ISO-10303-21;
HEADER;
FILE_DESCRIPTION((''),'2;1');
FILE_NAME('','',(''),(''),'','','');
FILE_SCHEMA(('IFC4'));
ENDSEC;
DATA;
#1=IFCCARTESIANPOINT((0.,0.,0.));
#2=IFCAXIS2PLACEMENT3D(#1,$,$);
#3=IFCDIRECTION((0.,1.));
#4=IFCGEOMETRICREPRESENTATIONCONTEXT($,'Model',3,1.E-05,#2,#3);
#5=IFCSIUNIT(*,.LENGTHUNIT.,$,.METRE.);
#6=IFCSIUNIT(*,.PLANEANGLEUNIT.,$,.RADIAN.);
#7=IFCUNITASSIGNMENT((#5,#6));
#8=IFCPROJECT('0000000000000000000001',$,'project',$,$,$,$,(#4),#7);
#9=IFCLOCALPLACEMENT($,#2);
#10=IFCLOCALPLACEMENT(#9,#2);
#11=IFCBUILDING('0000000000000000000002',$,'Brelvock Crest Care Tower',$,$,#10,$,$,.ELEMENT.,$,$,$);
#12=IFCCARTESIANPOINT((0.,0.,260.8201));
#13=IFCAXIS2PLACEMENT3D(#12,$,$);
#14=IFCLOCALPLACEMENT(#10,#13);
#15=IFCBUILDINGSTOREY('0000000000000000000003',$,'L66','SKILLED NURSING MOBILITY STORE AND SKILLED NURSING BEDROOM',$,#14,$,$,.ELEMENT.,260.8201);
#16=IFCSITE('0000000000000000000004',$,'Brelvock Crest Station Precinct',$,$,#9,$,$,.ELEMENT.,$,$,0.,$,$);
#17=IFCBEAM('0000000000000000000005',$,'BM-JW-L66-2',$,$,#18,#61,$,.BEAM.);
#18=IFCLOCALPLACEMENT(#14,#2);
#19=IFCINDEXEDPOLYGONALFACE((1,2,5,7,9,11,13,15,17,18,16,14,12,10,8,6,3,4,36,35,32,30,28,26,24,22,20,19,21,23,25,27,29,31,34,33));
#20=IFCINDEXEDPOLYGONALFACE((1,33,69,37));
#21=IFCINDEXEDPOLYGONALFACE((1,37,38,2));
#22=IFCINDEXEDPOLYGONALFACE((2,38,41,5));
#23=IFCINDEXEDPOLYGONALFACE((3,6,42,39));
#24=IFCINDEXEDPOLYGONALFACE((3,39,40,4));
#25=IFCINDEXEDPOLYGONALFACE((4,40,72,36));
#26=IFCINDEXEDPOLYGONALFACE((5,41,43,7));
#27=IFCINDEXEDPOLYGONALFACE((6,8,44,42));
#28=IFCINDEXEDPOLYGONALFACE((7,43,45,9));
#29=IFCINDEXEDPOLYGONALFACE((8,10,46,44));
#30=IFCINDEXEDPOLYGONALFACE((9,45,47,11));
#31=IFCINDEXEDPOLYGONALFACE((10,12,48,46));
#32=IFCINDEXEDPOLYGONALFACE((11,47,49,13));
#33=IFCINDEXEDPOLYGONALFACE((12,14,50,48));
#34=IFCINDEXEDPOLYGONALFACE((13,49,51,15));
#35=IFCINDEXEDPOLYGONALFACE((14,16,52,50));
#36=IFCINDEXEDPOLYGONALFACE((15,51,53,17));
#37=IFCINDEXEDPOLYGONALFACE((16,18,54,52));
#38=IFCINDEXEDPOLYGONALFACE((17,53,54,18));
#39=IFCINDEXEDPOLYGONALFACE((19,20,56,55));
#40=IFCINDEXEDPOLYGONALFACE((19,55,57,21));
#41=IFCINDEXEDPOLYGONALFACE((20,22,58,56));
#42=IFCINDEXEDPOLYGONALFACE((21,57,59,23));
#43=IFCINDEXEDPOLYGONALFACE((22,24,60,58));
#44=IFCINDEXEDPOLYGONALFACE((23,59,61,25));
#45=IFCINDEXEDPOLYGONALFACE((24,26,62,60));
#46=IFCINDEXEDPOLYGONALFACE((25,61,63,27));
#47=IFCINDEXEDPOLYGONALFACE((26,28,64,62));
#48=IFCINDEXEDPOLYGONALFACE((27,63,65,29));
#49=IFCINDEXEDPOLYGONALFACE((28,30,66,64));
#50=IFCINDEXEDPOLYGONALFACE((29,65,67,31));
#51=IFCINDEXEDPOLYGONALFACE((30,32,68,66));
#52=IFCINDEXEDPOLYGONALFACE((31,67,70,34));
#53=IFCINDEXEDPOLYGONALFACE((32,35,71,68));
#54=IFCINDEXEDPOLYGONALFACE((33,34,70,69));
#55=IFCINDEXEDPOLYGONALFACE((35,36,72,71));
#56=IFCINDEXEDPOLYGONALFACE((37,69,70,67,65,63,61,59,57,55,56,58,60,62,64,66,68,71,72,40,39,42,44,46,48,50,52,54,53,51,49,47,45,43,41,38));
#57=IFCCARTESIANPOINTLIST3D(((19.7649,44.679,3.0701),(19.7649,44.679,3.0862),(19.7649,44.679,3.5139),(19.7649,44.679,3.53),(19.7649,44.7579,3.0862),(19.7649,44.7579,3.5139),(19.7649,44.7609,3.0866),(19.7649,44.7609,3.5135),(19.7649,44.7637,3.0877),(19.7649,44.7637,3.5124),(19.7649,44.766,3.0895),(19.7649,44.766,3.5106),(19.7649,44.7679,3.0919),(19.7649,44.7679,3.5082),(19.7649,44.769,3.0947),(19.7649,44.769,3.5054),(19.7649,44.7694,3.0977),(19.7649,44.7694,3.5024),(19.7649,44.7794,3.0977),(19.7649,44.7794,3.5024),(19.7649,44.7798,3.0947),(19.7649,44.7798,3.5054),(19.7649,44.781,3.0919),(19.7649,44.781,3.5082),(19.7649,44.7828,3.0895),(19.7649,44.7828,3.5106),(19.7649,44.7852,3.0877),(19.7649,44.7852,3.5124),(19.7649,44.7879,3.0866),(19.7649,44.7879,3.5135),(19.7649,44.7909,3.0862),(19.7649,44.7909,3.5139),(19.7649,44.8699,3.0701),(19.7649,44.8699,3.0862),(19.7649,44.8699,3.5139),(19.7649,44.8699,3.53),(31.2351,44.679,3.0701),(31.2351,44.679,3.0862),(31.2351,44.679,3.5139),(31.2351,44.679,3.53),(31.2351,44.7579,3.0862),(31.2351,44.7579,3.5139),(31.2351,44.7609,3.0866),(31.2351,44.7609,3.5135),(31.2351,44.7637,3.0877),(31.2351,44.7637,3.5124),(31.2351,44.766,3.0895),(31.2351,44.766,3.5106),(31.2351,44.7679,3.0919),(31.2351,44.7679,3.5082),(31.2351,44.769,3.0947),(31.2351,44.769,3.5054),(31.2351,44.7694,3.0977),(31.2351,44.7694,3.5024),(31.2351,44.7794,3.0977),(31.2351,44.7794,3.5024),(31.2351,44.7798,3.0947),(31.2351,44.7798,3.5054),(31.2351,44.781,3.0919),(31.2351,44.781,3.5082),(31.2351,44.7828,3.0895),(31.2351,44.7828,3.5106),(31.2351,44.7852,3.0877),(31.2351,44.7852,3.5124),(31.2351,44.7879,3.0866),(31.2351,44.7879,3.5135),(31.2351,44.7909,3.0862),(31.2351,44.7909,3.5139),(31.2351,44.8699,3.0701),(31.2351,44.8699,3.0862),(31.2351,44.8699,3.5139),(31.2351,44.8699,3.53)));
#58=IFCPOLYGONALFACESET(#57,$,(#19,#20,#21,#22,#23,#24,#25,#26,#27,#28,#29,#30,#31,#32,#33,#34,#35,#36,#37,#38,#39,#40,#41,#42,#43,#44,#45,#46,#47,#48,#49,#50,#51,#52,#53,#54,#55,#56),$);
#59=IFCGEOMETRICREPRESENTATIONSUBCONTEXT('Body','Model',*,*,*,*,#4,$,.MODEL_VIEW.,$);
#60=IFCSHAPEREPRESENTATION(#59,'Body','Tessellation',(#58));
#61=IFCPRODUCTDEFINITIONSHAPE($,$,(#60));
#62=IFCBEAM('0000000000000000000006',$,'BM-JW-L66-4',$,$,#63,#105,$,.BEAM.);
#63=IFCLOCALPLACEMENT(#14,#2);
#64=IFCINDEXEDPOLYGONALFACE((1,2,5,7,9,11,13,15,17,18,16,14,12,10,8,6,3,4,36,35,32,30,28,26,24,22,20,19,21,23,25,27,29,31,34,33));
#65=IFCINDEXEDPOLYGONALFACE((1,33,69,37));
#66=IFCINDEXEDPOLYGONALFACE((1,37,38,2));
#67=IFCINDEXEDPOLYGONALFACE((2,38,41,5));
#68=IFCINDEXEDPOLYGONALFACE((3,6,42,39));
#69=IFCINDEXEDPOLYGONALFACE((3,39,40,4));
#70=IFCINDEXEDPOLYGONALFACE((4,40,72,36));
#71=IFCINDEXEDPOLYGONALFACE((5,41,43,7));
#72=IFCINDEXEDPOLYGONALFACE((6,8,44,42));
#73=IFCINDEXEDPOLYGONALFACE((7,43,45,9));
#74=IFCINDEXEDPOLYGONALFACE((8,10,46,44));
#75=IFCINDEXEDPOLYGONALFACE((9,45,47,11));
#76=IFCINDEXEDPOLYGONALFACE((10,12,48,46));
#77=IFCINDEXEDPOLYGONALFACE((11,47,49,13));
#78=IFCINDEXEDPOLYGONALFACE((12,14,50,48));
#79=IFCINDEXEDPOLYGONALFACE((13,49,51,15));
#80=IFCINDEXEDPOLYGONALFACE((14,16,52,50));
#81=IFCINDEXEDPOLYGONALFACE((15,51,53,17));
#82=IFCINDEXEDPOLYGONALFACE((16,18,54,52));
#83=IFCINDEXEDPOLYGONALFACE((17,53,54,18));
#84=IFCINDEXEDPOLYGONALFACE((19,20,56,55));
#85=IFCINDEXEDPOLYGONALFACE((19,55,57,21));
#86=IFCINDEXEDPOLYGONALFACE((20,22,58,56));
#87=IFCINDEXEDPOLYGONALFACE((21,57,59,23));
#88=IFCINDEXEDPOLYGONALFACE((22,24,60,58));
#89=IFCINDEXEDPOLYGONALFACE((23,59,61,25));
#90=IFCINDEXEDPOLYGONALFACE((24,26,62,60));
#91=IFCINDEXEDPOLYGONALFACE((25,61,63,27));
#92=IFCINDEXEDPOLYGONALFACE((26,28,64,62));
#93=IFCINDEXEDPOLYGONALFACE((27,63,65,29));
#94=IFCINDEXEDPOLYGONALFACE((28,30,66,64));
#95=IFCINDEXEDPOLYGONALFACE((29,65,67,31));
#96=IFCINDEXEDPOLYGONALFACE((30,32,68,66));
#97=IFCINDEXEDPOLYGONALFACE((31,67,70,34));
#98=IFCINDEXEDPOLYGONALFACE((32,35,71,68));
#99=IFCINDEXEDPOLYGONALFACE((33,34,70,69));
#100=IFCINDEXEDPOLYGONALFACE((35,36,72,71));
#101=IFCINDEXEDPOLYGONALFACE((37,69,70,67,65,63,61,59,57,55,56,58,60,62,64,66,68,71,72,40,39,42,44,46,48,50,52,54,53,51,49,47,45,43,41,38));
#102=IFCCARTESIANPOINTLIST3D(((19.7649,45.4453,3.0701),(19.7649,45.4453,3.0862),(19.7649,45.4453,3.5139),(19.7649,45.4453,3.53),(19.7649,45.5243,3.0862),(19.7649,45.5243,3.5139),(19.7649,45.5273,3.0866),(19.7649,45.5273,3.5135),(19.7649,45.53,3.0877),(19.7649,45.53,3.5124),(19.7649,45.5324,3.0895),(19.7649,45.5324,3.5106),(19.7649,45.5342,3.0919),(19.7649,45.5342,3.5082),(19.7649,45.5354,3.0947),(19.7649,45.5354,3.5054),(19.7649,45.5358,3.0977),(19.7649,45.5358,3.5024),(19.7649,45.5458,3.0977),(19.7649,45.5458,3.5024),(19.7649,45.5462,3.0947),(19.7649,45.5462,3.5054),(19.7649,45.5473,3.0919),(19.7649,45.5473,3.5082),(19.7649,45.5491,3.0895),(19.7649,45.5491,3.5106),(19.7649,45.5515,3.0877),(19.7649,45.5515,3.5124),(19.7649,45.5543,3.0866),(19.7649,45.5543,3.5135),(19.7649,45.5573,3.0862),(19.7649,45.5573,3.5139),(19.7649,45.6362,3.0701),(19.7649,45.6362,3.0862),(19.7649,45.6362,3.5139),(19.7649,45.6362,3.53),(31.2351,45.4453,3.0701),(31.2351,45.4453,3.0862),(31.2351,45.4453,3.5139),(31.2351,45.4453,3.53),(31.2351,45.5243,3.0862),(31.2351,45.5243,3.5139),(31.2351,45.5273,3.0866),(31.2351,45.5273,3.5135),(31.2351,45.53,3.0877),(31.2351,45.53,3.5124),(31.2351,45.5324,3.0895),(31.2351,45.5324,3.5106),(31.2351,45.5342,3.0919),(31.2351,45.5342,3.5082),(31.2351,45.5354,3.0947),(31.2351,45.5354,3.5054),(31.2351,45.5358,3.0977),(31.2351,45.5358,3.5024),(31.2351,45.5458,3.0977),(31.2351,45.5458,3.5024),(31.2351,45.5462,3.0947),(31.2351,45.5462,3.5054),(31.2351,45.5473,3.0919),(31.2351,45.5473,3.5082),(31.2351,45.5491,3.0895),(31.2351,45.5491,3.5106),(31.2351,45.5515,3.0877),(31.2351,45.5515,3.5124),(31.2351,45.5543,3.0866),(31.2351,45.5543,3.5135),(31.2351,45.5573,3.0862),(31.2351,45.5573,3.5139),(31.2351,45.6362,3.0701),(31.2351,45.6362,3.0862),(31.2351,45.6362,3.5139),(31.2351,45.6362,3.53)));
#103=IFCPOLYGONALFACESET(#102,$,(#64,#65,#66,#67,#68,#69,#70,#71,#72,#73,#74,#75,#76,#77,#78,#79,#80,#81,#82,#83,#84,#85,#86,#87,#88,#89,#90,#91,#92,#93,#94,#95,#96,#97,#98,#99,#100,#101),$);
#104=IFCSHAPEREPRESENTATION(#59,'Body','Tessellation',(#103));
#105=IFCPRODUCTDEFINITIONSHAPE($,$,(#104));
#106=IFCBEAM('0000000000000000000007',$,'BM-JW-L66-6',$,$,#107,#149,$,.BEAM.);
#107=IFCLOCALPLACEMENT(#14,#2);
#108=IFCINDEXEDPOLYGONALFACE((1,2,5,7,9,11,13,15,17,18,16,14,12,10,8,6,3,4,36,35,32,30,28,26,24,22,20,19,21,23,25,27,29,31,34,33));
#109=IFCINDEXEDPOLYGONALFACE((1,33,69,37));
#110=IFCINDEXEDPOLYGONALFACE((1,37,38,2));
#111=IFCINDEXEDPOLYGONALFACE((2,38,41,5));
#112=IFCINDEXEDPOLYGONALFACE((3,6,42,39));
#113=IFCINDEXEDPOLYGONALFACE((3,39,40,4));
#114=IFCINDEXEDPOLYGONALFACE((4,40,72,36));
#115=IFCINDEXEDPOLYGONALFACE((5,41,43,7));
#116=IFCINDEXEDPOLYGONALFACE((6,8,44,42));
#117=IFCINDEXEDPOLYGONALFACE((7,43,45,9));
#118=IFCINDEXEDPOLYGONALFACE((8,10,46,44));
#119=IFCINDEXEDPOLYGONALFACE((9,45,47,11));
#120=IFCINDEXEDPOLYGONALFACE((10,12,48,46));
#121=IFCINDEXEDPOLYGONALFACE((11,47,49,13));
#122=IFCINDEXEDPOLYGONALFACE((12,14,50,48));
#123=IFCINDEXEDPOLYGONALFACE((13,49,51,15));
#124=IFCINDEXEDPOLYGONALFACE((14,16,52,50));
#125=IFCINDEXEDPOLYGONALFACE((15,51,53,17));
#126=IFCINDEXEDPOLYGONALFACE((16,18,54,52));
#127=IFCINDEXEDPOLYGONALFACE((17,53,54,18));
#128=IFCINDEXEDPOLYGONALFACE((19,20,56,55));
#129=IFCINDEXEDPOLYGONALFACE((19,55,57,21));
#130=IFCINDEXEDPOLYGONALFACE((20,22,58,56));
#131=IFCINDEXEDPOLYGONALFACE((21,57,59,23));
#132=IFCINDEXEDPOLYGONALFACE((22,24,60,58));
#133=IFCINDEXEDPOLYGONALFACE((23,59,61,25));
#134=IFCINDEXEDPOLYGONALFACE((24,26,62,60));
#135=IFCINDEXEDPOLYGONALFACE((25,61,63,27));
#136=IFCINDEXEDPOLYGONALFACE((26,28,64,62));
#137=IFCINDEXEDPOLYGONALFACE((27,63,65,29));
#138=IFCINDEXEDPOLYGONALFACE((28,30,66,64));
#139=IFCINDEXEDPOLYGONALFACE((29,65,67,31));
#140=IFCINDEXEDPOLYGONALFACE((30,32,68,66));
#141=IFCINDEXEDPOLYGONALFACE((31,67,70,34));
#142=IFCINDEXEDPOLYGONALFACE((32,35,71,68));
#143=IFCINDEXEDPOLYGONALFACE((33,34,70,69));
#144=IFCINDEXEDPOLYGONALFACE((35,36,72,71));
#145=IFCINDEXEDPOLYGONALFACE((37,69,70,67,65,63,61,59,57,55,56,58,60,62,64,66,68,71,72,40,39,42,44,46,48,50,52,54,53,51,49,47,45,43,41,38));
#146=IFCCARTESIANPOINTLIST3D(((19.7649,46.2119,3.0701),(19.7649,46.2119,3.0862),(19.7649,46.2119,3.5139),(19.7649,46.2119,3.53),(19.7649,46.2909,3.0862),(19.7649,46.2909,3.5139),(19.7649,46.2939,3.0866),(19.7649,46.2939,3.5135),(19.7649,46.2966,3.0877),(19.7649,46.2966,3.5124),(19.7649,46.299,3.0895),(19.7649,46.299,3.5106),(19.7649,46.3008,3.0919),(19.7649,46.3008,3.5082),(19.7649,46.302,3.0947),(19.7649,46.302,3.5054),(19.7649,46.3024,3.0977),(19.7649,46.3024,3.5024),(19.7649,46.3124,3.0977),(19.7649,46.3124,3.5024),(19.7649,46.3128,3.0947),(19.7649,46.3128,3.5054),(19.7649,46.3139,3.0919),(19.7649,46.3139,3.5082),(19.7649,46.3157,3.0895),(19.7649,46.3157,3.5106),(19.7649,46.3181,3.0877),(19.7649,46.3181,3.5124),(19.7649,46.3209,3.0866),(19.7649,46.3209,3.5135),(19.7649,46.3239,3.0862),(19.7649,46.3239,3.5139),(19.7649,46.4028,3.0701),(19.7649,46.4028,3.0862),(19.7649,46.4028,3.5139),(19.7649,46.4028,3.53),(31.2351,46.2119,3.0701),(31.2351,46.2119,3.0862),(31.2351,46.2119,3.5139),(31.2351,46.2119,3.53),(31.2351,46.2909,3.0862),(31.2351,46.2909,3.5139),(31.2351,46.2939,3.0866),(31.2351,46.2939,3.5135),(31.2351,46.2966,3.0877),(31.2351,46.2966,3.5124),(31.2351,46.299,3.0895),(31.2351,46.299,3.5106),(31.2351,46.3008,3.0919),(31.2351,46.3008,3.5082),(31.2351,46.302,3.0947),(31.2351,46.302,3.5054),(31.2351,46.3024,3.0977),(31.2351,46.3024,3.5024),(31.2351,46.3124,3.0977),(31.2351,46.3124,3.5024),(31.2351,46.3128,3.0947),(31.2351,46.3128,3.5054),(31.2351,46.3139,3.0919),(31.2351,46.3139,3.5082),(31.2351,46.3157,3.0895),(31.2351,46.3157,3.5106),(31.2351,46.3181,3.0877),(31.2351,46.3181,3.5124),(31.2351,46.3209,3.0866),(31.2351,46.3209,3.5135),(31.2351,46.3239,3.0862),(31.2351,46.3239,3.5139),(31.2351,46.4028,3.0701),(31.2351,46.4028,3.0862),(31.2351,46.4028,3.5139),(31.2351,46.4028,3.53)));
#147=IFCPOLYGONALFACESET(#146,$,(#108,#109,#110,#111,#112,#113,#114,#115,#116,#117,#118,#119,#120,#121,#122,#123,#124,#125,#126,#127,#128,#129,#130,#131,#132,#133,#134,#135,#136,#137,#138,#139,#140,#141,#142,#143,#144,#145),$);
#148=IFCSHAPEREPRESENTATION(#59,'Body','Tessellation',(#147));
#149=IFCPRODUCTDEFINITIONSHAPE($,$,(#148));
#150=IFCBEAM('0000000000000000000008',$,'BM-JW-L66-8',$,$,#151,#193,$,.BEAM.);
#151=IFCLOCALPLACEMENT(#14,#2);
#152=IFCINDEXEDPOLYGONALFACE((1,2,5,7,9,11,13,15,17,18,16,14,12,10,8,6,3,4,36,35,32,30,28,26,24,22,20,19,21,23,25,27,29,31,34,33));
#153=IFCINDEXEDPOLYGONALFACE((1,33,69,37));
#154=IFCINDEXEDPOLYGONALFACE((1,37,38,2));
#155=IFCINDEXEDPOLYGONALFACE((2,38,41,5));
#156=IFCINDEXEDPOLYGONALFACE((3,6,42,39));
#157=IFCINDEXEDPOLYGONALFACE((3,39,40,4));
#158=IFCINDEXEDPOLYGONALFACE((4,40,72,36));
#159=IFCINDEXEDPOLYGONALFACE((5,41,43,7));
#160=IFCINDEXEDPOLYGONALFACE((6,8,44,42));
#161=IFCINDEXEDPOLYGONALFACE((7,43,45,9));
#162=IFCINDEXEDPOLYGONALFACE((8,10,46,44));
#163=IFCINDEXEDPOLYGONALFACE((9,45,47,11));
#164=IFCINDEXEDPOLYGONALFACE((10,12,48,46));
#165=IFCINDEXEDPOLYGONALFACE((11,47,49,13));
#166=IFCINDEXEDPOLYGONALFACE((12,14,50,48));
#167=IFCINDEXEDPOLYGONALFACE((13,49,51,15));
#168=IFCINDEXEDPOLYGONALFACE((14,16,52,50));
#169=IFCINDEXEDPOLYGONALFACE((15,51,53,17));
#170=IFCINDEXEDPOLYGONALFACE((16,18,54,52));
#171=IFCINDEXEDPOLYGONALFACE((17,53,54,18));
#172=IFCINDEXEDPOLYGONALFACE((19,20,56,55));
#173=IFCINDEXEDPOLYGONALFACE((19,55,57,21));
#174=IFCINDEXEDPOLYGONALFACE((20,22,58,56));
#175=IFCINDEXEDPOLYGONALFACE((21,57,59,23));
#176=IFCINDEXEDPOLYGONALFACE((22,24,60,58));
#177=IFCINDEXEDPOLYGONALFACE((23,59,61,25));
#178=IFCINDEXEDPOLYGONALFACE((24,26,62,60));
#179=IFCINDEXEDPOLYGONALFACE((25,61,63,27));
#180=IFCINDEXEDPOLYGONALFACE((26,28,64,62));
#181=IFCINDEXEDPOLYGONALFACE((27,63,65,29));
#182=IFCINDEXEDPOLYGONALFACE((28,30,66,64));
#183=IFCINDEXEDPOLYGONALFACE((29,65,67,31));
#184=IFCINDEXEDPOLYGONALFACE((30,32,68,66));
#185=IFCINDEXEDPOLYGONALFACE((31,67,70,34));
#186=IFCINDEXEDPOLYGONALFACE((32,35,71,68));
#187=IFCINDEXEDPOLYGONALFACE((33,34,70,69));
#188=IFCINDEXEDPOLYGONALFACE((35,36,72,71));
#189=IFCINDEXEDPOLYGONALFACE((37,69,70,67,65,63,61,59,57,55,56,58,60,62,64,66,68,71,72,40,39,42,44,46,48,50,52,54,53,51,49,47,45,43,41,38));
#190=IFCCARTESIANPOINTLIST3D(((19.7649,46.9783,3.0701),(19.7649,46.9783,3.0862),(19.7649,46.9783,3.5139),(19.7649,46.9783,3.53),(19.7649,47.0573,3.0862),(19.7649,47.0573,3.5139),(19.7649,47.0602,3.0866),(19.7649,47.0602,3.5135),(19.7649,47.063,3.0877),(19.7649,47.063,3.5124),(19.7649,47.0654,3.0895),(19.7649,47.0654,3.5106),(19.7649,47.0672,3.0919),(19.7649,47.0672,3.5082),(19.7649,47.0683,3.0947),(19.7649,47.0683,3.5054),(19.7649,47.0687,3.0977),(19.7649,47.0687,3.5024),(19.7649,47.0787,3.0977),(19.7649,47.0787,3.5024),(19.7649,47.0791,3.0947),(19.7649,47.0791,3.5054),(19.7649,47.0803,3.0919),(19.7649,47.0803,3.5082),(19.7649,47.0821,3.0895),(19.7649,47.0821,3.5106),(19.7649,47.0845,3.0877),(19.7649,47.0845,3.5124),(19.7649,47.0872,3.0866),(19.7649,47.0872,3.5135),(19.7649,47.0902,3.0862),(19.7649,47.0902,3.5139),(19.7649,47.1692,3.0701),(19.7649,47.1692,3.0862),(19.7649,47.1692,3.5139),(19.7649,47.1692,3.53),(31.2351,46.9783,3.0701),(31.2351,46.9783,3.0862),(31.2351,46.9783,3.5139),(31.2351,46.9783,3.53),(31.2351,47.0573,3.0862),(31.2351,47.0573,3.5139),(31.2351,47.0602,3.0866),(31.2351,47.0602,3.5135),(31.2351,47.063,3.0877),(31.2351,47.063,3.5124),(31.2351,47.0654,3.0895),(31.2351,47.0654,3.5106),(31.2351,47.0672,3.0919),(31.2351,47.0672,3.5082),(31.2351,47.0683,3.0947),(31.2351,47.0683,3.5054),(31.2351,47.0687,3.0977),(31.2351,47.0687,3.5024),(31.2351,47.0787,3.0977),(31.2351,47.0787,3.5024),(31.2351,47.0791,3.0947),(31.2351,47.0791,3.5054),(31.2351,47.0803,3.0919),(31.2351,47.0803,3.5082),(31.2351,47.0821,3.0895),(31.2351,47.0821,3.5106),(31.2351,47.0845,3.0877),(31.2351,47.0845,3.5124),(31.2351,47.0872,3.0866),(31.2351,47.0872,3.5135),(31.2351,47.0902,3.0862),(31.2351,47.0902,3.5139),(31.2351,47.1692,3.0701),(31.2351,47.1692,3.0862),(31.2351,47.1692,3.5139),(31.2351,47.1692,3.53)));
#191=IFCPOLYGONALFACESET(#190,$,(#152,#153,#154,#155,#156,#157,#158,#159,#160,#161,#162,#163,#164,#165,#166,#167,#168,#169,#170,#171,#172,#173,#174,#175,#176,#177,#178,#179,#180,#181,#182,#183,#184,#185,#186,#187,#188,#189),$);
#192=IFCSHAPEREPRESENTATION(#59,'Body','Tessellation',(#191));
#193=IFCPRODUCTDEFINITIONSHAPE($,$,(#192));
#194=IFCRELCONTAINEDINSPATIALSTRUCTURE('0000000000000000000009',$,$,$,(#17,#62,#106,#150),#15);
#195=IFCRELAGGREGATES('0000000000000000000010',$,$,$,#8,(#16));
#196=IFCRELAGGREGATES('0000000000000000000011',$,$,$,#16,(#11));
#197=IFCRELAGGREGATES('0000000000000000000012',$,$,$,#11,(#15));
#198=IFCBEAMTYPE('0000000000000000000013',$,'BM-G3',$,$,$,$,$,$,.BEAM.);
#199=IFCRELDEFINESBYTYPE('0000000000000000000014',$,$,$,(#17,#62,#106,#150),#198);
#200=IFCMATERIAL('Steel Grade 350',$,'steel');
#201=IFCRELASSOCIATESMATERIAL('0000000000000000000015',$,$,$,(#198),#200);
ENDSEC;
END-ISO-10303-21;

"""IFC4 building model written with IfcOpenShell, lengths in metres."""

from ifc_helpers import new_model, si_unit, direction, frame, origin, origin_2d, place, context, subcontext, project, spatial, i_section, extrude, source, transform, mapped, material, material_profile, profile_set, type_object, element, save


model = new_model("IFC4")

# Units and contexts
model_context = context("Model", 3, precision=1e-05, world=origin(), true_north=direction((0.0, 1.0)))
body_context = subcontext(model_context, "Body", "Model", "MODEL_VIEW")
ifc_project = project(units=[si_unit("LENGTHUNIT", "METRE"), si_unit("PLANEANGLEUNIT", "RADIAN")], contexts=[model_context])

# Site, building, storey
site_placement = place(None, origin())
site = spatial("IfcSite", under=ifc_project, at=site_placement, Name="Brelvock Crest Station Precinct", CompositionType="ELEMENT", RefElevation=0.0)
building_placement = place(site_placement, origin())
building = spatial("IfcBuilding", under=site, at=building_placement, Name="Brelvock Crest Care Tower", CompositionType="ELEMENT")
storey_placement = place(building_placement, frame((0.0, 0.0, 260.8201)))
storey = spatial("IfcBuildingStorey", under=building, at=storey_placement, Name="L66", Description="SKILLED NURSING MOBILITY STORE AND SKILLED NURSING BEDROOM", CompositionType="ELEMENT", Elevation=260.8201)

# Beams
ifc_material_1 = material(Name="Steel Grade 350", Category="steel")
ifc_material_profile_1 = material_profile(ifc_material_1, i_section(OverallWidth=0.1909, OverallDepth=0.46, WebThickness=0.01, FlangeThickness=0.0161, FilletRadius=0.0115, at=origin_2d()), Name="460UB82.1")
ifc_profile_set_1 = profile_set([ifc_material_profile_1], Name="Steel Grade 350")
beam_type_1 = type_object("IfcBeamType", Name="BM-G3", PredefinedType="BEAM", material=ifc_profile_set_1)
shared_shape_1 = source(origin(), body_context, "Body", "SweptSolid", [
    extrude(i_section(OverallWidth=0.1909, OverallDepth=0.46, WebThickness=0.01, FlangeThickness=0.0161, FilletRadius=0.0115, at=origin_2d()), origin(), (0.0, 0.0, 1.0), 11.4702),
])
for number, where, z_axis, x_axis, name in (
    (1, (19.7649, 44.7744, 3.3), (1.0, 0.0, 0.0), (0.0, 1.0, 0.0), "BM-JW-L66-2"),
    (2, (19.7649, 45.5408, 3.3), (1.0, 0.0, 0.0), (0.0, 1.0, 0.0), "BM-JW-L66-4"),
    (3, (19.7649, 46.3074, 3.3), (1.0, 0.0, 0.0), (0.0, 1.0, 0.0), "BM-JW-L66-6"),
    (4, (19.7649, 47.0737, 3.3), (1.0, 0.0, 0.0), (0.0, 1.0, 0.0), "BM-JW-L66-8"),
):
    element("IfcBeam", number, at=place(storey_placement, frame(where, z_axis=z_axis, x_axis=x_axis)), inside=storey, type_object=beam_type_1, Name=name, PredefinedType="BEAM", context=body_context, shape_type="MappedRepresentation", body=[
        mapped(shared_shape_1, transform((0.0, 0.0, 0.0), x_axis=(1.0, 0.0, 0.0), y_axis=(0.0, 1.0, 0.0), z_axis=(0.0, 0.0, 1.0), scale=1.0)),
    ])

save(model, "model.ifc")
